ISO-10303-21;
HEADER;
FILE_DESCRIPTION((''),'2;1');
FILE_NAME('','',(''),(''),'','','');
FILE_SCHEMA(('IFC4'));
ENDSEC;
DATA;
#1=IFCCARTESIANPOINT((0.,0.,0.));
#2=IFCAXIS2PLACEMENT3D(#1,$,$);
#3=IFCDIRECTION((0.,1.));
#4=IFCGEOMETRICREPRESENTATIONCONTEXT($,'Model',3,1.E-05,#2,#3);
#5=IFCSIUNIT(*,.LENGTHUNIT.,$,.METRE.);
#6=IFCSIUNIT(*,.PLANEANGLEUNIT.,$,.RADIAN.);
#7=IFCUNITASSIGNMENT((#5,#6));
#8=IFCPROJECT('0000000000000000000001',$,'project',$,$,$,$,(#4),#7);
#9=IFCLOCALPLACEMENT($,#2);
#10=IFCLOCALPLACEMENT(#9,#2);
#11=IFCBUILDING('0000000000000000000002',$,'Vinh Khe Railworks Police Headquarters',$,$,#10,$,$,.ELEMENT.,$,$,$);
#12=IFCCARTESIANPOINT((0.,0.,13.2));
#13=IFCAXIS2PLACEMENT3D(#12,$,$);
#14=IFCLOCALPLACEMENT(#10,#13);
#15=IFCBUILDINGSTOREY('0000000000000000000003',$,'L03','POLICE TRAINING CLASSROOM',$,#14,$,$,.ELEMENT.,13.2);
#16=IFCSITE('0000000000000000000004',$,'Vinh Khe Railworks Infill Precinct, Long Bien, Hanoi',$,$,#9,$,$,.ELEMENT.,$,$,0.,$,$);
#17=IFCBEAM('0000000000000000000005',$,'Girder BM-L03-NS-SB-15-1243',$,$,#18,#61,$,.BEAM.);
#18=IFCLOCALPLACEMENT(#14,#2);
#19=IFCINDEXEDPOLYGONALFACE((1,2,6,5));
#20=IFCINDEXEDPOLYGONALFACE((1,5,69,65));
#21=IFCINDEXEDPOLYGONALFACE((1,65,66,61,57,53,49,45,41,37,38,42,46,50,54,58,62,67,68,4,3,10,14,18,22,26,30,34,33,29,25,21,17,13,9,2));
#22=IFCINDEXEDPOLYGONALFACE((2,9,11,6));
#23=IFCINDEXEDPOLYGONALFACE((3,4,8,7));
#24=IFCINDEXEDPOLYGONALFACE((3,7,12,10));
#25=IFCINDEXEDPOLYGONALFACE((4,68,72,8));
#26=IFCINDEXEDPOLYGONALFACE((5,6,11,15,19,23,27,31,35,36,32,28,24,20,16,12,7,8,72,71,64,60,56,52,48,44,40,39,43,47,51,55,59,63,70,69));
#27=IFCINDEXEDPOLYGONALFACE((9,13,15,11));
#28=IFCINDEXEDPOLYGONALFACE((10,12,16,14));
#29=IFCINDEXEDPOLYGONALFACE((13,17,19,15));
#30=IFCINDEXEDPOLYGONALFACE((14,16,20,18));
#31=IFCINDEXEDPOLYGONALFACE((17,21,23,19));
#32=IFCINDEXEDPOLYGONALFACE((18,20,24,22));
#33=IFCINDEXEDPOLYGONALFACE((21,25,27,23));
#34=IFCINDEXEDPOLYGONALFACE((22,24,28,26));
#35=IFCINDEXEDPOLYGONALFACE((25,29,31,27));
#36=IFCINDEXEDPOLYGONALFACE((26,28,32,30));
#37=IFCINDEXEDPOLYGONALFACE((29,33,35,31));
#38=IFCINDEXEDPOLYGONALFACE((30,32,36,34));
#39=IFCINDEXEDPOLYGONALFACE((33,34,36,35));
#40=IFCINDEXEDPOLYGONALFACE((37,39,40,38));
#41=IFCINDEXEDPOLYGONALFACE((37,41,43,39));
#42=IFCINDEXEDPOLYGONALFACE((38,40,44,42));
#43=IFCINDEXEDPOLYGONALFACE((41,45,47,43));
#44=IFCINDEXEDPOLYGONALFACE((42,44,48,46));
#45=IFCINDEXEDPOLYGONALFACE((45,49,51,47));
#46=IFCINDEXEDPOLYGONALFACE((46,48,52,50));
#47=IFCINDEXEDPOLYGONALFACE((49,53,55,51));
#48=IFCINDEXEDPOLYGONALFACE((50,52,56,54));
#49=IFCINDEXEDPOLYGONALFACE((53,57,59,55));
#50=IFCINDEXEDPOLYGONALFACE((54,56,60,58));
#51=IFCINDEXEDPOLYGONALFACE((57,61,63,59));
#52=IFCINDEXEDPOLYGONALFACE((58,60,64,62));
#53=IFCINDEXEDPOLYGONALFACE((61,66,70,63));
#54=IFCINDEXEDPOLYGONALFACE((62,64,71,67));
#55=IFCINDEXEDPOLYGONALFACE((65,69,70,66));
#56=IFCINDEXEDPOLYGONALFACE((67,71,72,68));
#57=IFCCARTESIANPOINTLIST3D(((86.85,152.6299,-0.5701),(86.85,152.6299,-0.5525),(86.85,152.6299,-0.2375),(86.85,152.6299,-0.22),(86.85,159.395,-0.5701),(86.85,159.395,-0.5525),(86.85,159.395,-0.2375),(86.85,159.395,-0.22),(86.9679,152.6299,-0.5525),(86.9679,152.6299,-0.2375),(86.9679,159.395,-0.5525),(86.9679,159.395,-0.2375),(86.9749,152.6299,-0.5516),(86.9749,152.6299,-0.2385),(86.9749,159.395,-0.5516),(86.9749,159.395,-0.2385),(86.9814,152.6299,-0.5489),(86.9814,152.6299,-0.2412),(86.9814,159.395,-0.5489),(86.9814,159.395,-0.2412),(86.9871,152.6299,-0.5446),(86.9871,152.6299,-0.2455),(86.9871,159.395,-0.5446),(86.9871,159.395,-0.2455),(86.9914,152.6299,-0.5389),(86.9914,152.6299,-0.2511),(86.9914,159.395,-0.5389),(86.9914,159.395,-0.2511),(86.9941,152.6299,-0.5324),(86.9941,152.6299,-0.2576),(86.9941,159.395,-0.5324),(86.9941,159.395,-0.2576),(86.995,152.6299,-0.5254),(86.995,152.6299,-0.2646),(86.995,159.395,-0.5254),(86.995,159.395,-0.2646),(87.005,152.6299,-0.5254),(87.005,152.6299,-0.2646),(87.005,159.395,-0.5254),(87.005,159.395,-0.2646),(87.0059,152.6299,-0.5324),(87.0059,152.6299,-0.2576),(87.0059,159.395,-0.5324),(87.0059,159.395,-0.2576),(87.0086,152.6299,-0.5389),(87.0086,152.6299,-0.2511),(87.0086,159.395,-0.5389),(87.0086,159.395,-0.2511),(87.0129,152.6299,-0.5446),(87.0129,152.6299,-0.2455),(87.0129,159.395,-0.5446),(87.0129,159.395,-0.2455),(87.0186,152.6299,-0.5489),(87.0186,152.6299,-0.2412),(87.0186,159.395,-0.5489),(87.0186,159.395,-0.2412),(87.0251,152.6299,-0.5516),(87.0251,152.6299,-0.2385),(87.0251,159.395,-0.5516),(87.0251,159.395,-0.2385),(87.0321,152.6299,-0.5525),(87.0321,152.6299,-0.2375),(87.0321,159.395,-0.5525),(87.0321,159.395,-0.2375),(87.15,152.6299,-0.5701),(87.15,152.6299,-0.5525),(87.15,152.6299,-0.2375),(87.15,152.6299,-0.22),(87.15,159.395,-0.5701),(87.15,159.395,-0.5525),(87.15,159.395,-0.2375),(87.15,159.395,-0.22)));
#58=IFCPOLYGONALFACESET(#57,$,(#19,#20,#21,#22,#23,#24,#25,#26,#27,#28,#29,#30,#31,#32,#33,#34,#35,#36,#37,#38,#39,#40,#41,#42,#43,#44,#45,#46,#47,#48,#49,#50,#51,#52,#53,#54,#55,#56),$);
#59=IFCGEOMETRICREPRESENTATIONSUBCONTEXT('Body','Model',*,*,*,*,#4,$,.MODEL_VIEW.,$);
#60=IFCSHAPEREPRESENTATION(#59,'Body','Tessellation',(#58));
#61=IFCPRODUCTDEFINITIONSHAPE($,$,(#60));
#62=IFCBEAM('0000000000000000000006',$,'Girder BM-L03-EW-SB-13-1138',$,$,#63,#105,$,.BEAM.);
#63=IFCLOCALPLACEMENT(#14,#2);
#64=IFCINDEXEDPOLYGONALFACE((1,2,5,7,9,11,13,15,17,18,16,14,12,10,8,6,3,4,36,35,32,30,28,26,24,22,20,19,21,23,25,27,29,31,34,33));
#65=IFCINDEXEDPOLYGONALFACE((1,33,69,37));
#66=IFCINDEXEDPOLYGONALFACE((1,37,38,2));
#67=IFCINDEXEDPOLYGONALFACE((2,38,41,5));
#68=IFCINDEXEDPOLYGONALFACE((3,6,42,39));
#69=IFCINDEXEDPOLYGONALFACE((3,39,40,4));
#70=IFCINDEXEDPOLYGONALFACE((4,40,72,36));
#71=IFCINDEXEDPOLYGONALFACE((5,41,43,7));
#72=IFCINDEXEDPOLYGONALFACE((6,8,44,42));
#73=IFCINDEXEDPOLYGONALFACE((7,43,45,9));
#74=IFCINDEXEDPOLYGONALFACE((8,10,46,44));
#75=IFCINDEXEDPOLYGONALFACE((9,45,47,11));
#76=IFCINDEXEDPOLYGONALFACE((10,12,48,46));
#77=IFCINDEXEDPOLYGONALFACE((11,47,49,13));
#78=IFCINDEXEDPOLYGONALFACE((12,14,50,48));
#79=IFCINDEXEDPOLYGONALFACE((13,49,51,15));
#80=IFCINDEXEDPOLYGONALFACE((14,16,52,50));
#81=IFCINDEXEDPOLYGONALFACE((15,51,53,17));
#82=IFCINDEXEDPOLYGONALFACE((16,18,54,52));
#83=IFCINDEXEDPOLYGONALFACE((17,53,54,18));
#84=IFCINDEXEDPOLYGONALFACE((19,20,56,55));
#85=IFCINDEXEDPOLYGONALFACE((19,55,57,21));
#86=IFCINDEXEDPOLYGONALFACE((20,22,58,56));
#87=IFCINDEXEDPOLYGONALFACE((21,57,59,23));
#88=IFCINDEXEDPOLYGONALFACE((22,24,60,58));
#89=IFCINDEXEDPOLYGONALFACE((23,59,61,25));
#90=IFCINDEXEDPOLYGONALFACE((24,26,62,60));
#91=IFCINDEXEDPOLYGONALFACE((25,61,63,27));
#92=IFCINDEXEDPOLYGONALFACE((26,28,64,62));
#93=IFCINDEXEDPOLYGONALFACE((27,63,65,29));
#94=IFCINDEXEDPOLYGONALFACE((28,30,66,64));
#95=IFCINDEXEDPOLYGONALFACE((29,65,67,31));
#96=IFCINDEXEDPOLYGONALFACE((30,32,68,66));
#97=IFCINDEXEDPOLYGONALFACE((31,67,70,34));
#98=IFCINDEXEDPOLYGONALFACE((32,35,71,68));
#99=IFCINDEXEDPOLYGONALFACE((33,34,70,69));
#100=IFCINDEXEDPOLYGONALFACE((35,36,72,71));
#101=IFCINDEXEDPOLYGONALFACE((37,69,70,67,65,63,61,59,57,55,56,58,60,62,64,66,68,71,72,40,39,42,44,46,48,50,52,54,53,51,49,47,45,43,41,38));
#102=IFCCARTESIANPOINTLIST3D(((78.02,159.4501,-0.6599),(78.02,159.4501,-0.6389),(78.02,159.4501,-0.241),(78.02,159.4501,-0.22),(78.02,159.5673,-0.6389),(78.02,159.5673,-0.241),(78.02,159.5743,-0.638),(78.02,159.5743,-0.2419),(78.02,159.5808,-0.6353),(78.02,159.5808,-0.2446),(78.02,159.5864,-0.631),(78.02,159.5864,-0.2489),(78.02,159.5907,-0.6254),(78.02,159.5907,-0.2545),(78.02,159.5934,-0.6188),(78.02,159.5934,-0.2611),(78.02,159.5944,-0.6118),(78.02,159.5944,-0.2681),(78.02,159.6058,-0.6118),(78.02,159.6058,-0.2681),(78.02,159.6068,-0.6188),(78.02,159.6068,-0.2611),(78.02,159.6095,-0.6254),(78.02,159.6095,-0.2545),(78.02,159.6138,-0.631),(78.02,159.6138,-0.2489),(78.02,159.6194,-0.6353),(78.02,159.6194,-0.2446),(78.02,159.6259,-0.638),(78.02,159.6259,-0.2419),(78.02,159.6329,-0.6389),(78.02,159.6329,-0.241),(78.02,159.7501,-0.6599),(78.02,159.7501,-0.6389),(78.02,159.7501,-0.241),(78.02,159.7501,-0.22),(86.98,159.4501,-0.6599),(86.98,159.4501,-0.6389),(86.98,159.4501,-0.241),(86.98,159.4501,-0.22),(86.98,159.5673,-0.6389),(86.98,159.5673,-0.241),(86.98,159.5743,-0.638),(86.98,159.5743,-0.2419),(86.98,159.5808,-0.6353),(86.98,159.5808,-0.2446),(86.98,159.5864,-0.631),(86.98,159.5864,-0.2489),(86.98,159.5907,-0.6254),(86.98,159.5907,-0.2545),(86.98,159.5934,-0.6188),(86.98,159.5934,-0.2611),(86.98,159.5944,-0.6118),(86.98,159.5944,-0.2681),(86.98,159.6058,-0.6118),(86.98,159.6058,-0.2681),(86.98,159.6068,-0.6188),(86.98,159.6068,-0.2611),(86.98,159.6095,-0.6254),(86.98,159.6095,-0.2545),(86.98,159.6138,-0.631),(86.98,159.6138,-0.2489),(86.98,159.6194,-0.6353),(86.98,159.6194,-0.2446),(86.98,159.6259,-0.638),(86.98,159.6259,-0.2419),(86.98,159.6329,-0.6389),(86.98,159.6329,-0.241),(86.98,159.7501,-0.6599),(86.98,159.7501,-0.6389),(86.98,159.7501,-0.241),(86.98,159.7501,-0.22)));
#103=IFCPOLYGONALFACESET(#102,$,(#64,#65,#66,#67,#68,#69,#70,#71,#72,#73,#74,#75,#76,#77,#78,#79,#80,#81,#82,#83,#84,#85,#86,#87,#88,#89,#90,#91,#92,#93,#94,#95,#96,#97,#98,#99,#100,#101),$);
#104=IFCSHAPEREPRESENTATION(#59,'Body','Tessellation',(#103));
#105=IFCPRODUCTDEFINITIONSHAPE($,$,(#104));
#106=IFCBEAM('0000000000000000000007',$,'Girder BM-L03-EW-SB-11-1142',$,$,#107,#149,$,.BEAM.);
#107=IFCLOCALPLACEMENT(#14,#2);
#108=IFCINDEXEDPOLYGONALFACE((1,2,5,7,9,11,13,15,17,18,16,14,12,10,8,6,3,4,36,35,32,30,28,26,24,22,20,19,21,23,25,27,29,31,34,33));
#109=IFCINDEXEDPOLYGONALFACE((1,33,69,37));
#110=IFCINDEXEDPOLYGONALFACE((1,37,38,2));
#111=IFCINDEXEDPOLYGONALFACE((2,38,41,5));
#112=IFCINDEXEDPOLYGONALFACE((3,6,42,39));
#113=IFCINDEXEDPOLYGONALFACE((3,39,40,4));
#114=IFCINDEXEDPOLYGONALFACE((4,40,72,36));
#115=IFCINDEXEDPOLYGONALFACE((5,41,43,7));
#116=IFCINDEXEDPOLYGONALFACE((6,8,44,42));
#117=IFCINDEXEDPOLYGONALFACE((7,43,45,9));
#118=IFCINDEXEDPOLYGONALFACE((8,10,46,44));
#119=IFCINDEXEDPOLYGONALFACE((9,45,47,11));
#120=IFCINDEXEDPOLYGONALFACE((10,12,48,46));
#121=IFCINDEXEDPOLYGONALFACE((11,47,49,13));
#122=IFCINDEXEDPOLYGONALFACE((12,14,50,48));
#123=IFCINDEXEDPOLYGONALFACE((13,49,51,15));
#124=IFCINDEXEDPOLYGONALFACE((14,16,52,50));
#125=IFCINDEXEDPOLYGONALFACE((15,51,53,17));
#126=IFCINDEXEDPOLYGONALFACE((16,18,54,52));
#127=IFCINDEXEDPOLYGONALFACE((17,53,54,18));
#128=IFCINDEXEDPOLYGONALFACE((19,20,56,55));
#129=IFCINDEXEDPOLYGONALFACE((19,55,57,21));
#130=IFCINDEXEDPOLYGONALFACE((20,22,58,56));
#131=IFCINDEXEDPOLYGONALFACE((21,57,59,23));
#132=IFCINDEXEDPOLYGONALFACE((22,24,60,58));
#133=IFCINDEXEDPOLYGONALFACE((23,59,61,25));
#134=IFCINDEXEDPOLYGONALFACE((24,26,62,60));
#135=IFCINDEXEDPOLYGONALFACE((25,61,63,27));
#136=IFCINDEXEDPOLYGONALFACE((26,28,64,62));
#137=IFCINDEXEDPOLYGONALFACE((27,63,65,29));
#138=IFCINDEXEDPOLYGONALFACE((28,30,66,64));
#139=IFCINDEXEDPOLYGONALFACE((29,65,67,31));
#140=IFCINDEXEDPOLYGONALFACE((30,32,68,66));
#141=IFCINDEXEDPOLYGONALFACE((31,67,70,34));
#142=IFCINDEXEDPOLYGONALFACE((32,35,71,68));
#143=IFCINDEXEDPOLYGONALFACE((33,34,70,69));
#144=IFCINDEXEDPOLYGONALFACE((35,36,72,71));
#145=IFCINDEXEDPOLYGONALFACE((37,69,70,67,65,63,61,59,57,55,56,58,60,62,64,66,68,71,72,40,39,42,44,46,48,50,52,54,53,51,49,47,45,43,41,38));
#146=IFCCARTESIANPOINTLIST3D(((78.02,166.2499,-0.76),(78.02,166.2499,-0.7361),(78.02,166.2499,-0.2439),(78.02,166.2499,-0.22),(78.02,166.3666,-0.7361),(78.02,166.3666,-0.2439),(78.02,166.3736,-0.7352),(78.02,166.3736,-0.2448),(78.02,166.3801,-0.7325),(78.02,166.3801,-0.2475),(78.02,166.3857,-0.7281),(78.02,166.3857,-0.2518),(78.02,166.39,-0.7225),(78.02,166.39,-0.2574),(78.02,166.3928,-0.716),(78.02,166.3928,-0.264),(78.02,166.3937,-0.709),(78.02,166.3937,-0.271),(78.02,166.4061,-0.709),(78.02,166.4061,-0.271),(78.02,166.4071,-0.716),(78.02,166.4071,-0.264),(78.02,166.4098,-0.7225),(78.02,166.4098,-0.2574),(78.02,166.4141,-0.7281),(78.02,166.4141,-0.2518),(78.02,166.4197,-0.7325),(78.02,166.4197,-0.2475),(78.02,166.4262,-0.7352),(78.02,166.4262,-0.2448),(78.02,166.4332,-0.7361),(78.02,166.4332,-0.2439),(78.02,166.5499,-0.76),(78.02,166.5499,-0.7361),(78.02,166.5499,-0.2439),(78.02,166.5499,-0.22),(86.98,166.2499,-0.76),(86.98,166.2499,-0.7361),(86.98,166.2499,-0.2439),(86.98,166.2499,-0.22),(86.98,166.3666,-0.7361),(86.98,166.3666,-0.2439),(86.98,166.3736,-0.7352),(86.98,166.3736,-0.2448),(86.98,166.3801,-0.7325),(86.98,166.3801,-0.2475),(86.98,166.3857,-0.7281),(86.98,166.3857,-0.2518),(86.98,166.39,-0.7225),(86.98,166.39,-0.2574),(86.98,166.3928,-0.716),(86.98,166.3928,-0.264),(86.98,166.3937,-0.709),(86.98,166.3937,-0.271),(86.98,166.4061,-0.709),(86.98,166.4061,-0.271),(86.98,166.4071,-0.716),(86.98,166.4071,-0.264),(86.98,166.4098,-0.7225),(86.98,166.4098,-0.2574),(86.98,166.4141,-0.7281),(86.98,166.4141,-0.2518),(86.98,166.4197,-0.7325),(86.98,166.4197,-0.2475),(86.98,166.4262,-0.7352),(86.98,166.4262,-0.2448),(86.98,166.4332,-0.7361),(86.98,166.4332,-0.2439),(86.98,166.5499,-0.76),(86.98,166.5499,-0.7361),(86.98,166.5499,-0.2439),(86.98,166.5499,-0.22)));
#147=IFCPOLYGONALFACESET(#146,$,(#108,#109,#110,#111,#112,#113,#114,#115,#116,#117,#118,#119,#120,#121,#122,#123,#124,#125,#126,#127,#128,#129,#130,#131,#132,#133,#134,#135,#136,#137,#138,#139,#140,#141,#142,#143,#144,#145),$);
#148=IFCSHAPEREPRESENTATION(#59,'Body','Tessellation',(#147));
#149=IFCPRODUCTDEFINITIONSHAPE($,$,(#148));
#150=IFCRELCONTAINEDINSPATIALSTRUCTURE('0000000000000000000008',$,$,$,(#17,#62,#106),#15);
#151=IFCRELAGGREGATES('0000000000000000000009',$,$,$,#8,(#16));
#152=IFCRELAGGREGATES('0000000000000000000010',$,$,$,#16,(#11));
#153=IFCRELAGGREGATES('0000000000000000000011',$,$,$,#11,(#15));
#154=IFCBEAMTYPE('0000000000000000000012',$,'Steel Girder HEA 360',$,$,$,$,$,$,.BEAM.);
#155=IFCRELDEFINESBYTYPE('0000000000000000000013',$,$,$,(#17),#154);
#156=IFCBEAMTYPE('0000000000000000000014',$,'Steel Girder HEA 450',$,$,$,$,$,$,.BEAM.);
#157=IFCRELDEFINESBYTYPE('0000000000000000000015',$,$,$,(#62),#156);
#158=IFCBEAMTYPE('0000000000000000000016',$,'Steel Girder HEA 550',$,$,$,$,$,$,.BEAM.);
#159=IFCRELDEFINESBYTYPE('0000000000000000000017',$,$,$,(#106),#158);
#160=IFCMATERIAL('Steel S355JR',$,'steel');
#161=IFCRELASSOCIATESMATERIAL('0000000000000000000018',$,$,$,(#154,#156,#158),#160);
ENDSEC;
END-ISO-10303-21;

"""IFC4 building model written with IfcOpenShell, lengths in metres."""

from ifc_helpers import new_model, si_unit, direction, frame, origin, origin_2d, place, context, subcontext, project, spatial, i_section, extrude, material, material_profile, profile_set, type_object, element, save


model = new_model("IFC4")

# Units and contexts
model_context = context("Model", 3, precision=1e-05, world=origin(), true_north=direction((0.0, 1.0)))
body_context = subcontext(model_context, "Body", "Model", "MODEL_VIEW")
ifc_project = project(units=[si_unit("LENGTHUNIT", "METRE"), si_unit("PLANEANGLEUNIT", "RADIAN")], contexts=[model_context])

# Site, building, storey
site_placement = place(None, origin())
site = spatial("IfcSite", under=ifc_project, at=site_placement, Name="Vinh Khe Railworks Infill Precinct, Long Bien, Hanoi", CompositionType="ELEMENT", RefElevation=0.0)
building_placement = place(site_placement, origin())
building = spatial("IfcBuilding", under=site, at=building_placement, Name="Vinh Khe Railworks Police Headquarters", CompositionType="ELEMENT")
storey_placement = place(building_placement, frame((0.0, 0.0, 13.2)))
storey = spatial("IfcBuildingStorey", under=building, at=storey_placement, Name="L03", Description="POLICE TRAINING CLASSROOM", CompositionType="ELEMENT", Elevation=13.2)

# Shared definitions
ifc_material_1 = material(Name="Steel S355JR", Category="steel")

# Beams
ifc_material_profile_1 = material_profile(ifc_material_1, i_section(OverallWidth=0.3, OverallDepth=0.3501, WebThickness=0.01, FlangeThickness=0.0176, FilletRadius=0.0271, at=origin_2d()), Name="HEA 360")
ifc_profile_set_1 = profile_set([ifc_material_profile_1], Name="Steel S355JR")
beam_type_1 = type_object("IfcBeamType", Name="Steel Girder HEA 360", PredefinedType="BEAM", material=ifc_profile_set_1)
beam_1_placement = place(storey_placement, frame((87.0, 152.6299, -0.395), z_axis=(0.0, 1.0, 0.0), x_axis=(-1.0, 0.0, 0.0)))
element("IfcBeam", 1, at=beam_1_placement, inside=storey, type_object=beam_type_1, Name="Girder BM-L03-NS-SB-15-1243", PredefinedType="BEAM", context=body_context, shape_type="SweptSolid", body=[
    extrude(i_section(OverallWidth=0.3, OverallDepth=0.3501, WebThickness=0.01, FlangeThickness=0.0176, FilletRadius=0.0271, at=origin_2d()), origin(), (0.0, 0.0, 1.0), 6.7651),
])
ifc_material_profile_2 = material_profile(ifc_material_1, i_section(OverallWidth=0.3, OverallDepth=0.4399, WebThickness=0.0115, FlangeThickness=0.021, FilletRadius=0.0271, at=origin_2d()), Name="HEA 450")
ifc_profile_set_2 = profile_set([ifc_material_profile_2], Name="Steel S355JR")
beam_type_2 = type_object("IfcBeamType", Name="Steel Girder HEA 450", PredefinedType="BEAM", material=ifc_profile_set_2)
beam_2_placement = place(storey_placement, frame((78.02, 159.6001, -0.4399), z_axis=(1.0, 0.0, 0.0), x_axis=(0.0, 1.0, 0.0)))
element("IfcBeam", 2, at=beam_2_placement, inside=storey, type_object=beam_type_2, Name="Girder BM-L03-EW-SB-13-1138", PredefinedType="BEAM", context=body_context, shape_type="SweptSolid", body=[
    extrude(i_section(OverallWidth=0.3, OverallDepth=0.4399, WebThickness=0.0115, FlangeThickness=0.021, FilletRadius=0.0271, at=origin_2d()), origin(), (0.0, 0.0, 1.0), 8.96),
])
ifc_material_profile_3 = material_profile(ifc_material_1, i_section(OverallWidth=0.3, OverallDepth=0.54, WebThickness=0.0125, FlangeThickness=0.0239, FilletRadius=0.0271, at=origin_2d()), Name="HEA 550")
ifc_profile_set_3 = profile_set([ifc_material_profile_3], Name="Steel S355JR")
beam_type_3 = type_object("IfcBeamType", Name="Steel Girder HEA 550", PredefinedType="BEAM", material=ifc_profile_set_3)
beam_3_placement = place(storey_placement, frame((78.02, 166.3999, -0.49), z_axis=(1.0, 0.0, 0.0), x_axis=(0.0, 1.0, 0.0)))
element("IfcBeam", 3, at=beam_3_placement, inside=storey, type_object=beam_type_3, Name="Girder BM-L03-EW-SB-11-1142", PredefinedType="BEAM", context=body_context, shape_type="SweptSolid", body=[
    extrude(i_section(OverallWidth=0.3, OverallDepth=0.54, WebThickness=0.0125, FlangeThickness=0.0239, FilletRadius=0.0271, at=origin_2d()), origin(), (0.0, 0.0, 1.0), 8.96),
])

save(model, "model.ifc")
